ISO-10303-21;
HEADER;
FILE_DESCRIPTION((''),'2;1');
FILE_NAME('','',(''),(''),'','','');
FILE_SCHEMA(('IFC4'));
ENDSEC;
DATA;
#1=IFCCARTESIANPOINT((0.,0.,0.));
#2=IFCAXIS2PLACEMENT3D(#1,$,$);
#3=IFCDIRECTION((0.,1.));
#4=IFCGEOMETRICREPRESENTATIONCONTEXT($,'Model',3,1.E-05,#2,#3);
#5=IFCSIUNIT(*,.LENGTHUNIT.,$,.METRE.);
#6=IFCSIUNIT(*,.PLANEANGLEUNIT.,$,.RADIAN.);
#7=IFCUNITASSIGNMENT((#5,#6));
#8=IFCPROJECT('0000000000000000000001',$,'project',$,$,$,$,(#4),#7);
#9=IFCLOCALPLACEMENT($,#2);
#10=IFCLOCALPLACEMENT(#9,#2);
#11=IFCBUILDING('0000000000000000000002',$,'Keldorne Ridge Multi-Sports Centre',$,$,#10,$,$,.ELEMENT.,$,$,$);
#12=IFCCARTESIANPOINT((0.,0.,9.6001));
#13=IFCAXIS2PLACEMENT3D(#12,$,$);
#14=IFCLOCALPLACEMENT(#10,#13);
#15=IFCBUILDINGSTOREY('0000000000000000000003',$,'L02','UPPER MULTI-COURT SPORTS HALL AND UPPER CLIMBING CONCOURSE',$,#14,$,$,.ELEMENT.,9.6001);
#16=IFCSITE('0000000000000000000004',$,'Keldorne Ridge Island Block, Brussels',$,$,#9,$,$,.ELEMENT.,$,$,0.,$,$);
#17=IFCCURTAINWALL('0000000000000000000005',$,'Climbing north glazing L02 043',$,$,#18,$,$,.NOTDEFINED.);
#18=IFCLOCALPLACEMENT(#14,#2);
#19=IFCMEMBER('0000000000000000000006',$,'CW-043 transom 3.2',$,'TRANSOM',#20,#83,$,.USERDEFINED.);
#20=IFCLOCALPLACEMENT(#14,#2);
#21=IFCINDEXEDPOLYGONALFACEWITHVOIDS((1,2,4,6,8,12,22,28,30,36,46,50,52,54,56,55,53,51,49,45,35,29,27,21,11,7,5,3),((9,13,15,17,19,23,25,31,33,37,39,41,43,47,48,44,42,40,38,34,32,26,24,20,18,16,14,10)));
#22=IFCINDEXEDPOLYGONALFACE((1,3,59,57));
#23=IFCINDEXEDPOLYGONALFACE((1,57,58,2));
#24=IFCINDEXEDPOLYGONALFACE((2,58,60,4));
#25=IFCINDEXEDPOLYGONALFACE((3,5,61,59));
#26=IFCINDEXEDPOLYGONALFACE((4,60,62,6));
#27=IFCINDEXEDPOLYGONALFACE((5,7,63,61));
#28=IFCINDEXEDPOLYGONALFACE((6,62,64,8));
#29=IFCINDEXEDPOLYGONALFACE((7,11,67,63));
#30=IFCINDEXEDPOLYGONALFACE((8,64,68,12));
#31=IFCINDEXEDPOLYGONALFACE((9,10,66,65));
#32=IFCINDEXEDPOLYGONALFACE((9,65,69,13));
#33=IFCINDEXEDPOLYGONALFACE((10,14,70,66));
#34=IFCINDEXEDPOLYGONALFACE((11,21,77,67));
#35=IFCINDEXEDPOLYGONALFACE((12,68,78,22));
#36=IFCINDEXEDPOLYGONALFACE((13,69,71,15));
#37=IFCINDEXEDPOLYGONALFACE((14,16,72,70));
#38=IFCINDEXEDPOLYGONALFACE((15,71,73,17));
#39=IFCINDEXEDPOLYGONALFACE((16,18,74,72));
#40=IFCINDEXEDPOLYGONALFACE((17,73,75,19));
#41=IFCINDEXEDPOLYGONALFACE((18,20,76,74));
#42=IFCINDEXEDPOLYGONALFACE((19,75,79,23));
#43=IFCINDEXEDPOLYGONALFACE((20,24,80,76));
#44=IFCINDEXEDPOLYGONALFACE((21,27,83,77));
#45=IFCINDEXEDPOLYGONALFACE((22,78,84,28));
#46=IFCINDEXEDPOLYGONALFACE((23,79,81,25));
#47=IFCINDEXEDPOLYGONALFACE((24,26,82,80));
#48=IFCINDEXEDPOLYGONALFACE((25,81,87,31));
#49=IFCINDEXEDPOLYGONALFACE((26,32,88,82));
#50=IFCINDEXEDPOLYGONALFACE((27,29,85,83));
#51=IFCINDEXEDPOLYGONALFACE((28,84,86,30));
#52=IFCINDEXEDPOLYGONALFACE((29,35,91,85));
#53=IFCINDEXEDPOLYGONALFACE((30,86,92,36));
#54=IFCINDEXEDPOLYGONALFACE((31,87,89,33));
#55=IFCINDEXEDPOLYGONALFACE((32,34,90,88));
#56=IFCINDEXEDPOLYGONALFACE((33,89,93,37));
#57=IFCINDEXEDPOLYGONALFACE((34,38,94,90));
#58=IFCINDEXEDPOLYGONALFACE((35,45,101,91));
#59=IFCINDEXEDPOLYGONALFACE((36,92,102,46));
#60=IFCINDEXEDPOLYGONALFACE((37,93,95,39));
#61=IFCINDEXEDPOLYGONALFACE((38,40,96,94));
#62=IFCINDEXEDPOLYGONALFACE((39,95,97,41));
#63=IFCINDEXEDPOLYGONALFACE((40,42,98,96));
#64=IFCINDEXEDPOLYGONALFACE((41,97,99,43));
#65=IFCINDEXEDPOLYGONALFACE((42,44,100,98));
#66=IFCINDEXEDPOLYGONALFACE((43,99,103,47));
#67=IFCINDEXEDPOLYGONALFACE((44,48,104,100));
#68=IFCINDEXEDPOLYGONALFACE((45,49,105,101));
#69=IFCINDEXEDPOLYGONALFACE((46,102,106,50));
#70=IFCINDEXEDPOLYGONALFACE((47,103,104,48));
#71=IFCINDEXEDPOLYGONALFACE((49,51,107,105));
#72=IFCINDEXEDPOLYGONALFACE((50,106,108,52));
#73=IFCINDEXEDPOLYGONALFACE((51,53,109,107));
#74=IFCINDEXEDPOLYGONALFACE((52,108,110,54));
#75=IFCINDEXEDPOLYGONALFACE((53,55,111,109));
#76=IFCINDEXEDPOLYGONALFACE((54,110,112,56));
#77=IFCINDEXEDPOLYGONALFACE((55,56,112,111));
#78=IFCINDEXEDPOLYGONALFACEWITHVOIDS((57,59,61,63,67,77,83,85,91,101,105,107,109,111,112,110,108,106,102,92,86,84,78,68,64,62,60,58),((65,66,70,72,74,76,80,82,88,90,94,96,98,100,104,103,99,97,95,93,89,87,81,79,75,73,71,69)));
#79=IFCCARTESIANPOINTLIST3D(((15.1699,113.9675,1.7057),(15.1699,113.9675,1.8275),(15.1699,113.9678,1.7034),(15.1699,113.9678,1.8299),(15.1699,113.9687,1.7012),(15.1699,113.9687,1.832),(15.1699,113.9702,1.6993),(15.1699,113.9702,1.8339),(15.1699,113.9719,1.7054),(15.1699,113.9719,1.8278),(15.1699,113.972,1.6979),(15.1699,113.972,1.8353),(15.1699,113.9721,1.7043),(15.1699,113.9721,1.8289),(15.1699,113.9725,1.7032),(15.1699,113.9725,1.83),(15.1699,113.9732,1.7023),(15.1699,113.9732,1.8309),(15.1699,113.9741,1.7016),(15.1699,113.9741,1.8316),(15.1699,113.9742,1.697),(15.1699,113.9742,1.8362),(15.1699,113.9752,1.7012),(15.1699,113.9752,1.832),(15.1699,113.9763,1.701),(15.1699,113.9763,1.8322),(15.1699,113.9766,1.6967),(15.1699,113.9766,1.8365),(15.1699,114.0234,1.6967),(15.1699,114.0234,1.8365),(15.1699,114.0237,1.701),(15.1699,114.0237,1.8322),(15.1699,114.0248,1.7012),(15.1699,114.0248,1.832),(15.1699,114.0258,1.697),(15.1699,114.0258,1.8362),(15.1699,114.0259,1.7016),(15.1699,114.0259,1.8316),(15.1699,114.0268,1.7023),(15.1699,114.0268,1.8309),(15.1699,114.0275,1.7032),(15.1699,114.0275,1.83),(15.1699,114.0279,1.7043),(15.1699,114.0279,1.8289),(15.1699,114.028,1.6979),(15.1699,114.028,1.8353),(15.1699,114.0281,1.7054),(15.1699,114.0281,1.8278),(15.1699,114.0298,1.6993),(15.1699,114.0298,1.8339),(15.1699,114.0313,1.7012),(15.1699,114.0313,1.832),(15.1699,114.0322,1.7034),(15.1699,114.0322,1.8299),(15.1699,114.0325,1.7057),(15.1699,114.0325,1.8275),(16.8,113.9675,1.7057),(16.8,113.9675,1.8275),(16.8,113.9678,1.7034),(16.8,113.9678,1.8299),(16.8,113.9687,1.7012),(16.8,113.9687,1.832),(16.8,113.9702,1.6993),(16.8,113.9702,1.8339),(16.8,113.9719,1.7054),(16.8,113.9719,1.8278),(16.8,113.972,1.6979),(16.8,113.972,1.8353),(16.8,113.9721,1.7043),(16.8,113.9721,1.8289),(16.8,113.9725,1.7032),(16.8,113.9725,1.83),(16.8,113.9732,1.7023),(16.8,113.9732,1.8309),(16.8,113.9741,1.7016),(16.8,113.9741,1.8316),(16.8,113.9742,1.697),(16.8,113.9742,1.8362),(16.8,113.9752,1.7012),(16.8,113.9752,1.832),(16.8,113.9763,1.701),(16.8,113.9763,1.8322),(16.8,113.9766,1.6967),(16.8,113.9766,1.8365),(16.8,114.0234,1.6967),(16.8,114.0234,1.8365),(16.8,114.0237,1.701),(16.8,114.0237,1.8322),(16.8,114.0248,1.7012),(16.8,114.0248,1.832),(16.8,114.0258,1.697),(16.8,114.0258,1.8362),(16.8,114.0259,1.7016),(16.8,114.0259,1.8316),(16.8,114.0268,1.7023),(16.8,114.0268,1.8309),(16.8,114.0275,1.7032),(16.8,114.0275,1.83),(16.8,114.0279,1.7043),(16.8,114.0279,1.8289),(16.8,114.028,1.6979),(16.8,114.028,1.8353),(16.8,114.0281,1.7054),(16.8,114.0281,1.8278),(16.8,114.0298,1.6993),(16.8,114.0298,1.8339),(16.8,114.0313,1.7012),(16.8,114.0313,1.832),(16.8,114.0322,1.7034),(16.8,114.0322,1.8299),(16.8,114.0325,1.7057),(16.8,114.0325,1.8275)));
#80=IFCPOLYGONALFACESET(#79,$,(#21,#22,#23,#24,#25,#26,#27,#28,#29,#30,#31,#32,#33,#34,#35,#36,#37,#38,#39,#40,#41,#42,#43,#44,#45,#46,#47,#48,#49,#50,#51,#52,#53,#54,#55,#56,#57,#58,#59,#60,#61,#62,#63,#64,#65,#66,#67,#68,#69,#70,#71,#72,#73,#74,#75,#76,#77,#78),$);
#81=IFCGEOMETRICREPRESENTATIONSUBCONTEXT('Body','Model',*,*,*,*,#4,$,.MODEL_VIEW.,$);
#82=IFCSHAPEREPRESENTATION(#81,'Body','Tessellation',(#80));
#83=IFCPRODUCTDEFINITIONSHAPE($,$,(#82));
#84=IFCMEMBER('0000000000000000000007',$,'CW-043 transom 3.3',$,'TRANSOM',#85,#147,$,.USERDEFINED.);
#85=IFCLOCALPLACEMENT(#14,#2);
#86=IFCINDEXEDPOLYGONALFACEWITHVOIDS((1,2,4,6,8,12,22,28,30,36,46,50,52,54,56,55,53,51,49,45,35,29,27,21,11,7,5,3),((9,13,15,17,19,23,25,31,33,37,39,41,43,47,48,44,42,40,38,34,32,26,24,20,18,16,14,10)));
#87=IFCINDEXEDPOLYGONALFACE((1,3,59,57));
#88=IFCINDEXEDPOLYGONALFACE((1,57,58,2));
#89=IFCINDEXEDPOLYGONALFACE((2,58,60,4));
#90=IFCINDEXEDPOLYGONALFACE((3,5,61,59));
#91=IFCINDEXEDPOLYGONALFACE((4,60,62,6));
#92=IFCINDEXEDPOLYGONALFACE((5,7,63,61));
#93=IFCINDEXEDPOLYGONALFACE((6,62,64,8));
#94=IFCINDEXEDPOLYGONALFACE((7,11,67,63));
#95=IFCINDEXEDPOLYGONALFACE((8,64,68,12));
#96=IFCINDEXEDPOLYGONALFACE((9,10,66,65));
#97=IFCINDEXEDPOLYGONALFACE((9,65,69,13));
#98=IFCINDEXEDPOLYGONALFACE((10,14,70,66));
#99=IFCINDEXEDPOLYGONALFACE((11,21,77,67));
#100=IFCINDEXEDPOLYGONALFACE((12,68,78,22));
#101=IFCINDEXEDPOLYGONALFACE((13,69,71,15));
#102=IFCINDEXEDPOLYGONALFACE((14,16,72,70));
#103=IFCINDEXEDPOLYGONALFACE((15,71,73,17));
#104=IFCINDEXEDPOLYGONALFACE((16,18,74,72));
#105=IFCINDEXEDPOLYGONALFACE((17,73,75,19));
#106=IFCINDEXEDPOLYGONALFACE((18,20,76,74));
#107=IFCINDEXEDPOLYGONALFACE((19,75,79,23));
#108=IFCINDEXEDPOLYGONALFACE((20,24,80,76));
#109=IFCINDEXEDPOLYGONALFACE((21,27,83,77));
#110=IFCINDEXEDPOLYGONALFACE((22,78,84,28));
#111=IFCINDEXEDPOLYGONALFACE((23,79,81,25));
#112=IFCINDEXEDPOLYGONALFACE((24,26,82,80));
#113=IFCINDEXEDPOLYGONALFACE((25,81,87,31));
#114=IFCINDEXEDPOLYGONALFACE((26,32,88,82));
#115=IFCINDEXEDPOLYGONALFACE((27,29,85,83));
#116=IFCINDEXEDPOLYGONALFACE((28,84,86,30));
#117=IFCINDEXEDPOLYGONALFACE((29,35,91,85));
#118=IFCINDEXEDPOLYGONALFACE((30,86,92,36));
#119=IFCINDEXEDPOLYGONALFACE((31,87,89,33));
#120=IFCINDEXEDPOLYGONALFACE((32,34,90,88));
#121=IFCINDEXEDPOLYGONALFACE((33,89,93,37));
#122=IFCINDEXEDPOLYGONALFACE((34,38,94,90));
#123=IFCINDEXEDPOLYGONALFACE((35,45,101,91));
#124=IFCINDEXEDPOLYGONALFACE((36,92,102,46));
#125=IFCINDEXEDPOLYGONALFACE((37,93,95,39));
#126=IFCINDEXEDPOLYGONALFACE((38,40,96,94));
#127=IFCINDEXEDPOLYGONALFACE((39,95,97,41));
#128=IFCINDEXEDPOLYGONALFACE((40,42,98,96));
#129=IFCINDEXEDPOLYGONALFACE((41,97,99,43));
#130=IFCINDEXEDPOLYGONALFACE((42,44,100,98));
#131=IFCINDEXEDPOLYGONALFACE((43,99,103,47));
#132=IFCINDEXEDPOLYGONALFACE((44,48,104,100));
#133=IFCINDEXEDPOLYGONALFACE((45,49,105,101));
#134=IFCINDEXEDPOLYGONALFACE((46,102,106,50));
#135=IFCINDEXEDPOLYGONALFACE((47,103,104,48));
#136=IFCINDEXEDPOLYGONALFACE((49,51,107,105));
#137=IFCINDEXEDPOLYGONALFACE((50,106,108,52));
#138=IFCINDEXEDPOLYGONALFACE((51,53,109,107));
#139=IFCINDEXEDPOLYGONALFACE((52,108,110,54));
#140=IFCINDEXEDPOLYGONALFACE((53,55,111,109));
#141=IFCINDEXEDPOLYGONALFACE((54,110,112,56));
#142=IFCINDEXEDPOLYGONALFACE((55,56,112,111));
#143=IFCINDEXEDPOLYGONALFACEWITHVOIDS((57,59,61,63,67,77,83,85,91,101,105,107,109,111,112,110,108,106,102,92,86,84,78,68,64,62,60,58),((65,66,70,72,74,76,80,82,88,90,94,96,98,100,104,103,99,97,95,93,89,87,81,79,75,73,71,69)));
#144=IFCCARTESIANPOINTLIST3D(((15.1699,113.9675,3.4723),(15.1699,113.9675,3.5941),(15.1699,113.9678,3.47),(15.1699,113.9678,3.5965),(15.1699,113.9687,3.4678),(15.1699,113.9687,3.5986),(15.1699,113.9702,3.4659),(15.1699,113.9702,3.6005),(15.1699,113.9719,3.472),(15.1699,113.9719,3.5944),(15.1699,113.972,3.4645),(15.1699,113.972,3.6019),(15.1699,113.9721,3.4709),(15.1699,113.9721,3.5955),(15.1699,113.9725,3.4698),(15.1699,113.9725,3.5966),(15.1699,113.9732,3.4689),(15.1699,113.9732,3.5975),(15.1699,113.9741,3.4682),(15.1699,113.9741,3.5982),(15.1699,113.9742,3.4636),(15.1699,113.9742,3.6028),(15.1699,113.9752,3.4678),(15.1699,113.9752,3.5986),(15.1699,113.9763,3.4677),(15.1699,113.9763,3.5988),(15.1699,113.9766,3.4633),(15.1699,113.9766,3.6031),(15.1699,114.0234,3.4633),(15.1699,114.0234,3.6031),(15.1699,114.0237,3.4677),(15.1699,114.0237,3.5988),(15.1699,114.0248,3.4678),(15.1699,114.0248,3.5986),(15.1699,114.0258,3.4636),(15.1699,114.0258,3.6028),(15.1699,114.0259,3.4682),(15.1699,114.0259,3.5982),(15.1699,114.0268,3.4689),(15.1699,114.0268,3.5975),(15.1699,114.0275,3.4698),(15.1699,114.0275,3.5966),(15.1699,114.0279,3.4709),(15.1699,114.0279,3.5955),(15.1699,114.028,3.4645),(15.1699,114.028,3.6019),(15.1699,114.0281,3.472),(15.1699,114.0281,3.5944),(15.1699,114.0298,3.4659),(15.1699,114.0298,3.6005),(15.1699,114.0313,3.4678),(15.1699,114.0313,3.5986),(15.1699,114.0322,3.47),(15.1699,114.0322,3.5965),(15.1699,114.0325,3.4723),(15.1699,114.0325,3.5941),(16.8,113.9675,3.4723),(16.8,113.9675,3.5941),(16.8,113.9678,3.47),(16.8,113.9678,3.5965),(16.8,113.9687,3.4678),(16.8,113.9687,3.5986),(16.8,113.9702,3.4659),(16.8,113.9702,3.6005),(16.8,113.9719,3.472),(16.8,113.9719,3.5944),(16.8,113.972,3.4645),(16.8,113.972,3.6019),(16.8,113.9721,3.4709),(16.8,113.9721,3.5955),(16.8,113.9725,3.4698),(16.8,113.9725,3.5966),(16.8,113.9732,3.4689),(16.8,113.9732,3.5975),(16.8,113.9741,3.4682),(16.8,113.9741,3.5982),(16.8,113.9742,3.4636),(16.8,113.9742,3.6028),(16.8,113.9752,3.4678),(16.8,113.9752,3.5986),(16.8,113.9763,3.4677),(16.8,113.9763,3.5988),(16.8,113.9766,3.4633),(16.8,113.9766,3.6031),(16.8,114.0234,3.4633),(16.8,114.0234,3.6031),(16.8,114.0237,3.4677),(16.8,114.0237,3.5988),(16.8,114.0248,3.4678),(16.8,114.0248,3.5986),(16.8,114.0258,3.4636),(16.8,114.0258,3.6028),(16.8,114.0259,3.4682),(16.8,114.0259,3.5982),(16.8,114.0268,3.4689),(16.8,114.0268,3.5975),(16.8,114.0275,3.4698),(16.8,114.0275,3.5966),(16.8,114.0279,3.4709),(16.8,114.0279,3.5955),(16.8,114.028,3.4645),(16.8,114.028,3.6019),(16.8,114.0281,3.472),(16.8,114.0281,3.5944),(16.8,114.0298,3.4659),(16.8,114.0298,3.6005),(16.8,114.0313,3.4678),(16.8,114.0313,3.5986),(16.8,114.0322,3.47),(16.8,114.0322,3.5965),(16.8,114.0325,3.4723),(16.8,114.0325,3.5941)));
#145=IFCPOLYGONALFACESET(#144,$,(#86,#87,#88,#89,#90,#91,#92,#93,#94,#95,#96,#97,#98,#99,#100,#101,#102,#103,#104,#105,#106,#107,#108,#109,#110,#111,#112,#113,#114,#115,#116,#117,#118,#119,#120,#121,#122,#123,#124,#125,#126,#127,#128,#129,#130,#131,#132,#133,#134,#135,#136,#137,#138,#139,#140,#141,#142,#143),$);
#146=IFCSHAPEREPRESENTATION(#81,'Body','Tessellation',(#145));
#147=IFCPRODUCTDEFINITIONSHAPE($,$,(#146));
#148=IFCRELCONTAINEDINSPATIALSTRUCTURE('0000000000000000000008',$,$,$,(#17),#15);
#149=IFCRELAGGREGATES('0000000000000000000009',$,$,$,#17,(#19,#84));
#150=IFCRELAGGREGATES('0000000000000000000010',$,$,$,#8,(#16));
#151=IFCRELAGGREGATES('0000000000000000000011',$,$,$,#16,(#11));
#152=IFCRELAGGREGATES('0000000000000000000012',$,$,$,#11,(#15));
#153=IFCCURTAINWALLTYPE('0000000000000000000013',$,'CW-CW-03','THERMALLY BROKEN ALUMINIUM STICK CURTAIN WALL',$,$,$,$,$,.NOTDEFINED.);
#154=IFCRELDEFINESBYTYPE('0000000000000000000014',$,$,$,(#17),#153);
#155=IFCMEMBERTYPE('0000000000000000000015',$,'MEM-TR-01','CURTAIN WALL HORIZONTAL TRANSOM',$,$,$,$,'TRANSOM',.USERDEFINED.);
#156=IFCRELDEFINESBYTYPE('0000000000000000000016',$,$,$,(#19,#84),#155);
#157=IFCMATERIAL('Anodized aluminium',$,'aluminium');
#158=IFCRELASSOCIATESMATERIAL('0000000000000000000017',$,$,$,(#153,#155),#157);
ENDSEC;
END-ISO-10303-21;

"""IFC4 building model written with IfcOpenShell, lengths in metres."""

from ifc_helpers import new_model, si_unit, direction, frame, origin, origin_2d, place, context, subcontext, project, spatial, hollow_rectangle, extrude, material, material_profile, profile_set, type_object, element, aggregate, save


model = new_model("IFC4")

# Units and contexts
model_context = context("Model", 3, precision=1e-05, world=origin(), true_north=direction((0.0, 1.0)))
body_context = subcontext(model_context, "Body", "Model", "MODEL_VIEW")
ifc_project = project(units=[si_unit("LENGTHUNIT", "METRE"), si_unit("PLANEANGLEUNIT", "RADIAN")], contexts=[model_context])

# Site, building, storey
site_placement = place(None, origin())
site = spatial("IfcSite", under=ifc_project, at=site_placement, Name="Keldorne Ridge Island Block, Brussels", CompositionType="ELEMENT", RefElevation=0.0)
building_placement = place(site_placement, origin())
building = spatial("IfcBuilding", under=site, at=building_placement, Name="Keldorne Ridge Multi-Sports Centre", CompositionType="ELEMENT")
storey_placement = place(building_placement, frame((0.0, 0.0, 9.6001)))
storey = spatial("IfcBuildingStorey", under=building, at=storey_placement, Name="L02", Description="UPPER MULTI-COURT SPORTS HALL AND UPPER CLIMBING CONCOURSE", CompositionType="ELEMENT", Elevation=9.6001)

# Curtain wall
ifc_material_1 = material(Name="Anodized aluminium", Category="aluminium")
curtain_wall_type = type_object("IfcCurtainWallType", Name="CW-CW-03", Description="THERMALLY BROKEN ALUMINIUM STICK CURTAIN WALL", PredefinedType="NOTDEFINED", material=ifc_material_1)
curtain_wall_placement = place(storey_placement, origin())
curtain_wall = element("IfcCurtainWall", 1, at=curtain_wall_placement, inside=storey, type_object=curtain_wall_type, Name="Climbing north glazing L02 043", PredefinedType="NOTDEFINED")

# Members
ifc_material_profile_1 = material_profile(ifc_material_1, hollow_rectangle(XDim=0.0649, YDim=0.1399, WallThickness=0.0044, InnerFilletRadius=0.0044, OuterFilletRadius=0.009, at=origin_2d()), Name="ALU TRANSOM 140x65x4.5")
ifc_profile_set_1 = profile_set([ifc_material_profile_1], Name="Anodized aluminium")
member_type_1 = type_object("IfcMemberType", Name="MEM-TR-01", Description="CURTAIN WALL HORIZONTAL TRANSOM", ElementType="TRANSOM", PredefinedType="USERDEFINED", material=ifc_profile_set_1)
member_1_placement = place(storey_placement, frame((16.8, 114.0, 1.7666), z_axis=(-1.0, 0.0, 0.0), x_axis=(0.0, -1.0, 0.0)))
member_1 = element("IfcMember", 2, at=member_1_placement, type_object=member_type_1, Name="CW-043 transom 3.2", ObjectType="TRANSOM", PredefinedType="USERDEFINED", context=body_context, shape_type="SweptSolid", body=[
    extrude(hollow_rectangle(XDim=0.0649, YDim=0.1399, WallThickness=0.0044, InnerFilletRadius=0.0044, OuterFilletRadius=0.009, at=origin_2d()), origin(), (0.0, 0.0, 1.0), 1.6301),
])
member_2_placement = place(storey_placement, frame((16.8, 114.0, 3.5332), z_axis=(-1.0, 0.0, 0.0), x_axis=(0.0, -1.0, 0.0)))
member_2 = element("IfcMember", 3, at=member_2_placement, type_object=member_type_1, Name="CW-043 transom 3.3", ObjectType="TRANSOM", PredefinedType="USERDEFINED", context=body_context, shape_type="SweptSolid", body=[
    extrude(hollow_rectangle(XDim=0.0649, YDim=0.1399, WallThickness=0.0044, InnerFilletRadius=0.0044, OuterFilletRadius=0.009, at=origin_2d()), origin(), (0.0, 0.0, 1.0), 1.6301),
])

aggregate(curtain_wall, [member_1, member_2])

save(model, "model.ifc")
